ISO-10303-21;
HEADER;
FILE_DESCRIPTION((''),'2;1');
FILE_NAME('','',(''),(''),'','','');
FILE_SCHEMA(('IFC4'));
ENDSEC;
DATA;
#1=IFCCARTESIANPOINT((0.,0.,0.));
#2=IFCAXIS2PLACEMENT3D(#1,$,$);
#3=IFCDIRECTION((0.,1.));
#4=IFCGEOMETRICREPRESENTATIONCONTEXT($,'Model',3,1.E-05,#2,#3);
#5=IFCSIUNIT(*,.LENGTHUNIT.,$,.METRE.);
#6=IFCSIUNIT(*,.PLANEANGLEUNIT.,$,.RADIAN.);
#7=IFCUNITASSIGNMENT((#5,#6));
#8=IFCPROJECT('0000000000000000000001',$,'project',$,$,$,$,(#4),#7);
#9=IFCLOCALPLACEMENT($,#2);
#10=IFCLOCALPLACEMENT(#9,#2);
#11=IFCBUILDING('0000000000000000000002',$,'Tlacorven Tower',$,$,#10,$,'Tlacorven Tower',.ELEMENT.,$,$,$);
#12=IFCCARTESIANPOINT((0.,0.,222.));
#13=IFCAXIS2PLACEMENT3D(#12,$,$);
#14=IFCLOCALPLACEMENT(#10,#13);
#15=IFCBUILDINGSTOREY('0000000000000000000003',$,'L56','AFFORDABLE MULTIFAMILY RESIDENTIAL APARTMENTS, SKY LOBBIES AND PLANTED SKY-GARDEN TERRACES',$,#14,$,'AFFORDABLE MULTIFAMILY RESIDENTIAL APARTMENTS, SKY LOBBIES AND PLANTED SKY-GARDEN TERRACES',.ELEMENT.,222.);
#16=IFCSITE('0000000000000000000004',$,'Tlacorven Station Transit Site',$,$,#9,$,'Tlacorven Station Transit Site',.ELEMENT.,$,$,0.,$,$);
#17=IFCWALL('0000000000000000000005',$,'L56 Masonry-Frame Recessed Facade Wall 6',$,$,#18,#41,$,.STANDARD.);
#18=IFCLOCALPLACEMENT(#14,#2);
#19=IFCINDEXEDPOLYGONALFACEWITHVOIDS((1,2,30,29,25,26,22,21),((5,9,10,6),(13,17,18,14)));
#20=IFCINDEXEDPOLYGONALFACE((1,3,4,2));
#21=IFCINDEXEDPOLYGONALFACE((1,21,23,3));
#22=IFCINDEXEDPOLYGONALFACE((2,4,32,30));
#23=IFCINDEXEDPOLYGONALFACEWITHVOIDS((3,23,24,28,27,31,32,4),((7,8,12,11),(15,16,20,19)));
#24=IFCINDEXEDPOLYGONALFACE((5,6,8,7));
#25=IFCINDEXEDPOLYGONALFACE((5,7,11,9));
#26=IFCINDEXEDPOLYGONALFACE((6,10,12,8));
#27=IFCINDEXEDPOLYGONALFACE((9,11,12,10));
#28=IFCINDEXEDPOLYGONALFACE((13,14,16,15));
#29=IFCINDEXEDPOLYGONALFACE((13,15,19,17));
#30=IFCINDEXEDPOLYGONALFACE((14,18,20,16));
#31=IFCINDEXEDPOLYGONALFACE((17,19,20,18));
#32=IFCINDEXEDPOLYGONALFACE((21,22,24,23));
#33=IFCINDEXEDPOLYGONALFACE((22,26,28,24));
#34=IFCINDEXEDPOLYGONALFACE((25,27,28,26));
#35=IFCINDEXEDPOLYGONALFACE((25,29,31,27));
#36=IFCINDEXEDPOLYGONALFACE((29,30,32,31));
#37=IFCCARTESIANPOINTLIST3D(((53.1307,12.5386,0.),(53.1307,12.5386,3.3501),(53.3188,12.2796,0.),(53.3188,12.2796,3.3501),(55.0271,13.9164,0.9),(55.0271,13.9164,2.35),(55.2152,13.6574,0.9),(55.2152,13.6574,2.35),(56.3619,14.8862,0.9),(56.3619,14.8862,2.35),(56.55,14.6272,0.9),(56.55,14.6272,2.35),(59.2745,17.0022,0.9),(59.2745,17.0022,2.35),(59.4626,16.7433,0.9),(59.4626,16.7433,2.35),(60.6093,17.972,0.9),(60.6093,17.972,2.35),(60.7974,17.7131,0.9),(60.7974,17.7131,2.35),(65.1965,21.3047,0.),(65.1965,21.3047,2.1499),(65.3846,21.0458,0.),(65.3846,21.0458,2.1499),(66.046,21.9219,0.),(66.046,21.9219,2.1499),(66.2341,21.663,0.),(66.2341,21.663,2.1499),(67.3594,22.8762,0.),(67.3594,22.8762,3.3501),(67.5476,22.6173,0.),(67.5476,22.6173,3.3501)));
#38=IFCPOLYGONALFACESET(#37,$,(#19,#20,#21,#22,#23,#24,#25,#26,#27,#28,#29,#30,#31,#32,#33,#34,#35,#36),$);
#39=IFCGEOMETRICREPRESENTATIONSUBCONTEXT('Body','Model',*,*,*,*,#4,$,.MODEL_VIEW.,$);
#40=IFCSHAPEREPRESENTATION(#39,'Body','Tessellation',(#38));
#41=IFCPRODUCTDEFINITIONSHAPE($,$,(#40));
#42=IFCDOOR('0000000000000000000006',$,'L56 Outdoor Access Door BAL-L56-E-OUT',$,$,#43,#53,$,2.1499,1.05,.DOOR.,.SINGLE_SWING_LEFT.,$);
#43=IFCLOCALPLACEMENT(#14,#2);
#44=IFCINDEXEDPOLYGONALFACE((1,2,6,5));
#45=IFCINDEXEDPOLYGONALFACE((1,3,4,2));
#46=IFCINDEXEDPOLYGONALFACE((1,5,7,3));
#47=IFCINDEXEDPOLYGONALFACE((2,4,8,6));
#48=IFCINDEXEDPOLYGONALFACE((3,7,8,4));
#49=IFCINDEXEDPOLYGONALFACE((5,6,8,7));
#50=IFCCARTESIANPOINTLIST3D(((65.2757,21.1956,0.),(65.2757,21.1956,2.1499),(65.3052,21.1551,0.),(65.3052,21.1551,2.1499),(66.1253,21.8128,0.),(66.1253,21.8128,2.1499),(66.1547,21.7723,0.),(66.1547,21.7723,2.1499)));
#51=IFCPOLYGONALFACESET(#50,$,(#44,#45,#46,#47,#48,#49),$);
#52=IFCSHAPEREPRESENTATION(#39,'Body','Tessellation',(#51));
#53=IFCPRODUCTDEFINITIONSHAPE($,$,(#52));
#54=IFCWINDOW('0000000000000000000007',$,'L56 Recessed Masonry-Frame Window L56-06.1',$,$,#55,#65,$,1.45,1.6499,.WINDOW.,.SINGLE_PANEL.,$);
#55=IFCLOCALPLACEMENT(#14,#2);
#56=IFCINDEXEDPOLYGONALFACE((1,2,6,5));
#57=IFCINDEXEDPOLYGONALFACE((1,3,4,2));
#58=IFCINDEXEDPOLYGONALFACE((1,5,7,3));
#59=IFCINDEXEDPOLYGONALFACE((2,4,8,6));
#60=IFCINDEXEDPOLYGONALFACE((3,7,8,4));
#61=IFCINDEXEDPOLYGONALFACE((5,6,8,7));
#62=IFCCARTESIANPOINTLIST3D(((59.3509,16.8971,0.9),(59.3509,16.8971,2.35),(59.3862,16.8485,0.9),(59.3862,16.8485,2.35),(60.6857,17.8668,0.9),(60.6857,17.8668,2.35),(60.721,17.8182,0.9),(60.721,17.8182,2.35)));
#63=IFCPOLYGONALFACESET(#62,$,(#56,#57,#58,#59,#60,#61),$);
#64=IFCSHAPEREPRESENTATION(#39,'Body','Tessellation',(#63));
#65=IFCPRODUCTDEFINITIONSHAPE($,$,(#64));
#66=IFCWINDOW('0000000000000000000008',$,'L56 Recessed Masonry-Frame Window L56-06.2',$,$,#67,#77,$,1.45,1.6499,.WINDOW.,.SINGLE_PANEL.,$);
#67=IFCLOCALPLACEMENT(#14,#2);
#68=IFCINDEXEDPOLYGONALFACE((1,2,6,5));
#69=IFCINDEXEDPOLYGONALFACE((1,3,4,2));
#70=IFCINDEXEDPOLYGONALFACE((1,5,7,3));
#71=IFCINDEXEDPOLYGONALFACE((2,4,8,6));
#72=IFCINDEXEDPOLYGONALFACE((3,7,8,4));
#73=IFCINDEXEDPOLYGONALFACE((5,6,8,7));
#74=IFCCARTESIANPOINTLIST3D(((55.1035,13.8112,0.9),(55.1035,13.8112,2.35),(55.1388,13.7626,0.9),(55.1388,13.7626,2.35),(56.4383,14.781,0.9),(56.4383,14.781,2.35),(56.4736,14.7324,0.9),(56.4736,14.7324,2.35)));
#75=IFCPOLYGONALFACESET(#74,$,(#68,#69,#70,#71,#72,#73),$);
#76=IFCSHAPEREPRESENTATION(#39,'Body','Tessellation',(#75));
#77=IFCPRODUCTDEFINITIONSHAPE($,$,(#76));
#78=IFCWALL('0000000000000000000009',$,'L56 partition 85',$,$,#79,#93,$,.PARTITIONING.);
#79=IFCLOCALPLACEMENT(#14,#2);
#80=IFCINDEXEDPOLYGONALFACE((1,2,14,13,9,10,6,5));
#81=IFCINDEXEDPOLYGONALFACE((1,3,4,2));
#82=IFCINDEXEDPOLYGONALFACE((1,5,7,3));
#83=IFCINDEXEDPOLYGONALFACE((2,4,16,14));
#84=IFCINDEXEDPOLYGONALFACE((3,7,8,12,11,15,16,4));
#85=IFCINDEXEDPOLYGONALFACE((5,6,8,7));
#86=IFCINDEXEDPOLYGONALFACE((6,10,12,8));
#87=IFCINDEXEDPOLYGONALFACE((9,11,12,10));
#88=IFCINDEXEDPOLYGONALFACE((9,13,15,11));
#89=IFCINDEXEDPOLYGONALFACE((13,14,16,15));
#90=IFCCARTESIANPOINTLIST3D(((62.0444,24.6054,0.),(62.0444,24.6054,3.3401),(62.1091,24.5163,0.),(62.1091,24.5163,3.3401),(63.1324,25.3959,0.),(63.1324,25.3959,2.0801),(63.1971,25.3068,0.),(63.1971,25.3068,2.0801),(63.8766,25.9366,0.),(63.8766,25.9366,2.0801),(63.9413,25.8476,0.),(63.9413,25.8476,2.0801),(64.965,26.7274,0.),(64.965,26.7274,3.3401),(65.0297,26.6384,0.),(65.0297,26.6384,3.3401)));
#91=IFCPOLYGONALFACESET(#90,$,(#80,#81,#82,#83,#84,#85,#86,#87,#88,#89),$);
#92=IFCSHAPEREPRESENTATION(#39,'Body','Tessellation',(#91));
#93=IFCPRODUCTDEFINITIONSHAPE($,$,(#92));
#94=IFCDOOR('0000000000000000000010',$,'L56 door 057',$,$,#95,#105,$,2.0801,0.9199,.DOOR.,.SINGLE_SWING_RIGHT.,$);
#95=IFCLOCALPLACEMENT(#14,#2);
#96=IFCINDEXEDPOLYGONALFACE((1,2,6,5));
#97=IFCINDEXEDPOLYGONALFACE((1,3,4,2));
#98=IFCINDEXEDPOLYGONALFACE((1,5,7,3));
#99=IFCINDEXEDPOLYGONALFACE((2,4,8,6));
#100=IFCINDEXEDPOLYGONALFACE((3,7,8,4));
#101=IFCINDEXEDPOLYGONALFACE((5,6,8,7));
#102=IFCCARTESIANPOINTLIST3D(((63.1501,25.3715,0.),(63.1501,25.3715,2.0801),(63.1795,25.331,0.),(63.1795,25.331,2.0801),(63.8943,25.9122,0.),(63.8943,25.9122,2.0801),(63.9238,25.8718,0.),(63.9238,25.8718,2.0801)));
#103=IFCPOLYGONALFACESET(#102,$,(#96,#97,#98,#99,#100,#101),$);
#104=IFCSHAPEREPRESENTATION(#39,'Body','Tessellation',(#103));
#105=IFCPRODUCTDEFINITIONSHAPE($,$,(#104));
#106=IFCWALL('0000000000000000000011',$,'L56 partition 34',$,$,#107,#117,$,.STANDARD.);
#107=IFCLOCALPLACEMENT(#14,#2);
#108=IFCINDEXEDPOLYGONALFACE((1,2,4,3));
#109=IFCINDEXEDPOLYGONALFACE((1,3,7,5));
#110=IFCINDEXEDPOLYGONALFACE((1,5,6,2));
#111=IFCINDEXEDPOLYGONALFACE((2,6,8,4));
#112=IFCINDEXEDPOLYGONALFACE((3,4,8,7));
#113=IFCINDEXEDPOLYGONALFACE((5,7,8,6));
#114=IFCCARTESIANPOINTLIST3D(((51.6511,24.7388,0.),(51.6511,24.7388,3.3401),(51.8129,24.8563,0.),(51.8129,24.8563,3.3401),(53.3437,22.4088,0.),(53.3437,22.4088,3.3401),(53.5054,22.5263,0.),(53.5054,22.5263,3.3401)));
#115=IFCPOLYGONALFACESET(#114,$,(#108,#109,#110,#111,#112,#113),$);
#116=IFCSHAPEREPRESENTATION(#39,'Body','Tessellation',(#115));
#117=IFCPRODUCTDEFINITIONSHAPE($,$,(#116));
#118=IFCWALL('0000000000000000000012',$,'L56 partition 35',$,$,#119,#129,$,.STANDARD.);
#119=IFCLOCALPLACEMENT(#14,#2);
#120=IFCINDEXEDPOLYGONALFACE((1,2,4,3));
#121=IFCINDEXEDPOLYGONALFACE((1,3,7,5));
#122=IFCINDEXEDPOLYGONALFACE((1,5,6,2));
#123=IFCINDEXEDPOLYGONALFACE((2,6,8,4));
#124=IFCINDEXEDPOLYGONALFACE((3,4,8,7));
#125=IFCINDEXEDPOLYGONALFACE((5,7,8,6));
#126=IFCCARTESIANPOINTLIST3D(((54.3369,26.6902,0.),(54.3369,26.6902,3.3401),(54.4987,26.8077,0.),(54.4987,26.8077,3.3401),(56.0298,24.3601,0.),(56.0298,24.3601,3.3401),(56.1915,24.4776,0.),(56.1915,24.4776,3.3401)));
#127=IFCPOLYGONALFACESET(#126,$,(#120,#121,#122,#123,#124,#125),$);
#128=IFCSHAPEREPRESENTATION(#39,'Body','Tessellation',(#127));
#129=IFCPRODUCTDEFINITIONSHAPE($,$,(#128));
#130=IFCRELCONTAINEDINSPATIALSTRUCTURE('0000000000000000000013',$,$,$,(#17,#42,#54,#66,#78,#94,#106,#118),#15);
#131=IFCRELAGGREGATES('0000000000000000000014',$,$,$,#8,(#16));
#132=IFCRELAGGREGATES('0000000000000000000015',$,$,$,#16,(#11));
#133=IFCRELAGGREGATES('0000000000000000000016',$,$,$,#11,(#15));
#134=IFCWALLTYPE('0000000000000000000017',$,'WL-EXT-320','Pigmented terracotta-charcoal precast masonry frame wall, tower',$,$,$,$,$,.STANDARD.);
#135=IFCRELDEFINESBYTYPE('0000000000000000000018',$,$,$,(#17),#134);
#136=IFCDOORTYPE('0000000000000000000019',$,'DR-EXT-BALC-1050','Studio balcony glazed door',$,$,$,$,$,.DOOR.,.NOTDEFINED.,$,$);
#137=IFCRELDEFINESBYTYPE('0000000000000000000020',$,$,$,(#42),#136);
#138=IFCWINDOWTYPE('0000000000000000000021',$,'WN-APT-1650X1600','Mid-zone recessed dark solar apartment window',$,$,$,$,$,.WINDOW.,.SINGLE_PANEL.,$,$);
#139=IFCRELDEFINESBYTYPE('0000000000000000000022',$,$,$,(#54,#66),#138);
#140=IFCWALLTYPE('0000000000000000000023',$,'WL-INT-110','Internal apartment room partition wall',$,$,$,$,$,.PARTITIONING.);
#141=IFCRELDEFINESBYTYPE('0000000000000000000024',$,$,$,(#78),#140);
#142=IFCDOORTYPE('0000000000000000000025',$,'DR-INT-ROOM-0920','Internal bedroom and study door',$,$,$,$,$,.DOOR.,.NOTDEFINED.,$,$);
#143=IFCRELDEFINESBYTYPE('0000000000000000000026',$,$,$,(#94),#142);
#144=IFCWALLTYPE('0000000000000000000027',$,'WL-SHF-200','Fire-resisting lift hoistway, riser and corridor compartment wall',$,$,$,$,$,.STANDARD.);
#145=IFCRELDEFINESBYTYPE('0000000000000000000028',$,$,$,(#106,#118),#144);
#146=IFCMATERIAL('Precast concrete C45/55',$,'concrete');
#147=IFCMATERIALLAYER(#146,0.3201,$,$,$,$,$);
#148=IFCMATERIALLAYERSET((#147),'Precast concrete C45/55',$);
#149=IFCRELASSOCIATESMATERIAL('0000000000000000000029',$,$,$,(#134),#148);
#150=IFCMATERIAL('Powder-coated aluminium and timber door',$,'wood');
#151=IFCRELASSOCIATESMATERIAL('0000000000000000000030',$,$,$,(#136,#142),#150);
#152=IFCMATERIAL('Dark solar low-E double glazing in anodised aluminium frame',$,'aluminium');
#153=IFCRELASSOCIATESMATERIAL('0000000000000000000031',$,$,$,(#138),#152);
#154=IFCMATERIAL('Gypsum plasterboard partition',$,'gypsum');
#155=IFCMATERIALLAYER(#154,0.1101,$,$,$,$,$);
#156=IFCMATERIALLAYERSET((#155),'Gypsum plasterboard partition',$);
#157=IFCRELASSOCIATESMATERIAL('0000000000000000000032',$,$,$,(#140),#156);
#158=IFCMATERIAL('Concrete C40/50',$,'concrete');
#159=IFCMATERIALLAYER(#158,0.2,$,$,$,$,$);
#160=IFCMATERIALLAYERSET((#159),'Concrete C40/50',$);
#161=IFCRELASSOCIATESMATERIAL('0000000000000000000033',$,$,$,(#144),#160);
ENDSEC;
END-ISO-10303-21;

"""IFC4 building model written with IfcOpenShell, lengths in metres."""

from ifc_helpers import new_model, si_unit, direction, frame, frame_2d, origin, place, context, subcontext, project, spatial, rectangle, extrude, source, transform, mapped, material, layer, layer_set, type_object, element, fill, save


model = new_model("IFC4")

# Units and contexts
model_context = context("Model", 3, precision=1e-05, world=origin(), true_north=direction((0.0, 1.0)))
body_context = subcontext(model_context, "Body", "Model", "MODEL_VIEW")
ifc_project = project(units=[si_unit("LENGTHUNIT", "METRE"), si_unit("PLANEANGLEUNIT", "RADIAN")], contexts=[model_context])

# Site, building, storey
site_placement = place(None, origin())
site = spatial("IfcSite", under=ifc_project, at=site_placement, Name="Tlacorven Station Transit Site", LongName="Tlacorven Station Transit Site", CompositionType="ELEMENT", RefElevation=0.0)
building_placement = place(site_placement, origin())
building = spatial("IfcBuilding", under=site, at=building_placement, Name="Tlacorven Tower", LongName="Tlacorven Tower", CompositionType="ELEMENT")
storey_placement = place(building_placement, frame((0.0, 0.0, 222.0)))
storey = spatial("IfcBuildingStorey", under=building, at=storey_placement, Name="L56", Description="AFFORDABLE MULTIFAMILY RESIDENTIAL APARTMENTS, SKY LOBBIES AND PLANTED SKY-GARDEN TERRACES", LongName="AFFORDABLE MULTIFAMILY RESIDENTIAL APARTMENTS, SKY LOBBIES AND PLANTED SKY-GARDEN TERRACES", CompositionType="ELEMENT", Elevation=222.0)

# Wall, openings, door, windows
ifc_material_1 = material(Name="Precast concrete C45/55", Category="concrete")
ifc_layer_1 = layer(ifc_material_1, 0.3201)
ifc_layer_set_1 = layer_set([ifc_layer_1], Name="Precast concrete C45/55")
wall_type_1 = type_object("IfcWallType", Name="WL-EXT-320", Description="Pigmented terracotta-charcoal precast masonry frame wall, tower", PredefinedType="STANDARD", material=ifc_layer_set_1)
wall_1_placement = place(storey_placement, frame((67.4536, 22.7468, 0.0), z_axis=(0.0, 0.0, 1.0), x_axis=(-0.809021, -0.58778, 0.0)))
wall_1 = element("IfcWall", 1, at=wall_1_placement, inside=storey, type_object=wall_type_1, Name="L56 Masonry-Frame Recessed Facade Wall 6", PredefinedType="STANDARD", context=body_context, shape_type="SweptSolid", body=[
    extrude(rectangle(XDim=17.5876, YDim=0.3201, at=frame_2d((8.7939, 0.0))), origin(), (0.0, 0.0, 1.0), 3.3501),
])
opening_1_placement = place(wall_1_placement, frame((1.6238, 0.0, 0.0)))
opening_1 = element("IfcOpeningElement", 2, at=opening_1_placement, cuts=wall_1, PredefinedType="OPENING", context=body_context, shape_type="SweptSolid", body=[
    extrude(rectangle(XDim=1.05, YDim=2.1499, at=frame_2d((0.5249, 1.075))), frame((0.0, 0.1699, 0.0), z_axis=(0.0, -1.0, 0.0), x_axis=(1.0, 0.0, 0.0)), (0.0, 0.0, 1.0), 0.3401),
])
opening_2_placement = place(wall_1_placement, frame((8.3438, 0.0, 0.8999)))
opening_2 = element("IfcOpeningElement", 3, at=opening_2_placement, cuts=wall_1, PredefinedType="OPENING", context=body_context, shape_type="SweptSolid", body=[
    extrude(rectangle(XDim=1.6499, YDim=1.45, at=frame_2d((0.825, 0.7251))), frame((0.0, 0.1699, 0.0), z_axis=(0.0, -1.0, 0.0), x_axis=(1.0, 0.0, 0.0)), (0.0, 0.0, 1.0), 0.3401),
])
opening_3_placement = place(wall_1_placement, frame((13.5938, 0.0, 0.8999)))
opening_3 = element("IfcOpeningElement", 4, at=opening_3_placement, cuts=wall_1, PredefinedType="OPENING", context=body_context, shape_type="SweptSolid", body=[
    extrude(rectangle(XDim=1.6499, YDim=1.45, at=frame_2d((0.825, 0.7251))), frame((0.0, 0.1699, 0.0), z_axis=(0.0, -1.0, 0.0), x_axis=(1.0, 0.0, 0.0)), (0.0, 0.0, 1.0), 0.3401),
])
ifc_material_2 = material(Name="Powder-coated aluminium and timber door", Category="wood")
door_type_1 = type_object("IfcDoorType", Name="DR-EXT-BALC-1050", Description="Studio balcony glazed door", OperationType="NOTDEFINED", PredefinedType="DOOR", material=ifc_material_2)
shared_shape_1 = source(origin(), body_context, "Body", "SweptSolid", [
    extrude(rectangle(XDim=1.05, YDim=2.1499, at=frame_2d((0.5249, 1.075))), frame((0.0, 0.0249, 0.0), z_axis=(0.0, -1.0, 0.0), x_axis=(1.0, 0.0, 0.0)), (0.0, 0.0, 1.0), 0.05),
])
door_1_placement = place(opening_1_placement, origin())
door_1 = element("IfcDoor", 5, at=door_1_placement, inside=storey, type_object=door_type_1, Name="L56 Outdoor Access Door BAL-L56-E-OUT", OperationType="SINGLE_SWING_LEFT", OverallHeight=2.1499, OverallWidth=1.05, PredefinedType="DOOR", context=body_context, shape_type="MappedRepresentation", body=[
    mapped(shared_shape_1, transform((0.0, 0.0, 0.0), scale=1.0)),
])
fill(opening_1, door_1)
ifc_material_3 = material(Name="Dark solar low-E double glazing in anodised aluminium frame", Category="aluminium")
window_type = type_object("IfcWindowType", Name="WN-APT-1650X1600", Description="Mid-zone recessed dark solar apartment window", PartitioningType="SINGLE_PANEL", PredefinedType="WINDOW", material=ifc_material_3)
shared_shape_2 = source(origin(), body_context, "Body", "SweptSolid", [
    extrude(rectangle(XDim=1.6499, YDim=1.45, at=frame_2d((0.825, 0.7251))), frame((0.0, 0.03, 0.0), z_axis=(0.0, -1.0, 0.0), x_axis=(1.0, 0.0, 0.0)), (0.0, 0.0, 1.0), 0.0601),
])
window_1_placement = place(opening_2_placement, origin())
window_1 = element("IfcWindow", 6, at=window_1_placement, inside=storey, type_object=window_type, Name="L56 Recessed Masonry-Frame Window L56-06.1", OverallHeight=1.45, OverallWidth=1.6499, PartitioningType="SINGLE_PANEL", PredefinedType="WINDOW", context=body_context, shape_type="MappedRepresentation", body=[
    mapped(shared_shape_2, transform((0.0, 0.0, 0.0), scale=1.0)),
])
fill(opening_2, window_1)
window_2_placement = place(opening_3_placement, origin())
window_2 = element("IfcWindow", 7, at=window_2_placement, inside=storey, type_object=window_type, Name="L56 Recessed Masonry-Frame Window L56-06.2", OverallHeight=1.45, OverallWidth=1.6499, PartitioningType="SINGLE_PANEL", PredefinedType="WINDOW", context=body_context, shape_type="MappedRepresentation", body=[
    mapped(shared_shape_2, transform((0.0, 0.0, 0.0), scale=1.0)),
])
fill(opening_3, window_2)

# Wall, opening, door
ifc_material_4 = material(Name="Gypsum plasterboard partition", Category="gypsum")
ifc_layer_2 = layer(ifc_material_4, 0.1101)
ifc_layer_set_2 = layer_set([ifc_layer_2], Name="Gypsum plasterboard partition")
wall_type_2 = type_object("IfcWallType", Name="WL-INT-110", Description="Internal apartment room partition wall", PredefinedType="PARTITIONING", material=ifc_layer_set_2)
wall_2_placement = place(storey_placement, frame((62.0767, 24.5608, 0.0), z_axis=(0.0, 0.0, 1.0), x_axis=(0.809005, 0.587802, 0.0)))
wall_2 = element("IfcWall", 8, at=wall_2_placement, inside=storey, type_object=wall_type_2, Name="L56 partition 85", PredefinedType="PARTITIONING", context=body_context, shape_type="SweptSolid", body=[
    extrude(rectangle(XDim=3.6101, YDim=0.1101, at=frame_2d((1.8052, 0.0))), origin(), (0.0, 0.0, 1.0), 3.3401),
])
opening_4_placement = place(wall_2_placement, frame((1.345, 0.0, 0.0)))
opening_4 = element("IfcOpeningElement", 9, at=opening_4_placement, cuts=wall_2, PredefinedType="OPENING", context=body_context, shape_type="SweptSolid", body=[
    extrude(rectangle(XDim=0.9199, YDim=2.0801, at=frame_2d((0.46, 1.04))), frame((0.0, 0.0649, 0.0), z_axis=(0.0, -1.0, 0.0), x_axis=(1.0, 0.0, 0.0)), (0.0, 0.0, 1.0), 0.1301),
])
door_type_2 = type_object("IfcDoorType", Name="DR-INT-ROOM-0920", Description="Internal bedroom and study door", OperationType="NOTDEFINED", PredefinedType="DOOR", material=ifc_material_2)
shared_shape_3 = source(origin(), body_context, "Body", "SweptSolid", [
    extrude(rectangle(XDim=0.9199, YDim=2.0801, at=frame_2d((0.46, 1.04))), frame((0.0, 0.0249, 0.0), z_axis=(0.0, -1.0, 0.0), x_axis=(1.0, 0.0, 0.0)), (0.0, 0.0, 1.0), 0.05),
])
door_2_placement = place(opening_4_placement, origin())
door_2 = element("IfcDoor", 10, at=door_2_placement, inside=storey, type_object=door_type_2, Name="L56 door 057", OperationType="SINGLE_SWING_RIGHT", OverallHeight=2.0801, OverallWidth=0.9199, PredefinedType="DOOR", context=body_context, shape_type="MappedRepresentation", body=[
    mapped(shared_shape_3, transform((0.0, 0.0, 0.0), scale=1.0)),
])
fill(opening_4, door_2)

# Walls
ifc_material_5 = material(Name="Concrete C40/50", Category="concrete")
ifc_layer_3 = layer(ifc_material_5, 0.2)
ifc_layer_set_3 = layer_set([ifc_layer_3], Name="Concrete C40/50")
wall_type_3 = type_object("IfcWallType", Name="WL-SHF-200", Description="Fire-resisting lift hoistway, riser and corridor compartment wall", PredefinedType="STANDARD", material=ifc_layer_set_3)
wall_3_placement = place(storey_placement, frame((53.4246, 22.4675, 0.0), z_axis=(0.0, 0.0, 1.0), x_axis=(-0.587723, 0.809062, 0.0)))
element("IfcWall", 11, at=wall_3_placement, inside=storey, type_object=wall_type_3, Name="L56 partition 34", PredefinedType="STANDARD", context=body_context, shape_type="SweptSolid", body=[
    extrude(rectangle(XDim=2.8799, YDim=0.2, at=frame_2d((1.4399, 0.0))), origin(), (0.0, 0.0, 1.0), 3.3401),
])
wall_4_placement = place(storey_placement, frame((56.1106, 24.4189, 0.0), z_axis=(0.0, 0.0, 1.0), x_axis=(-0.587778, 0.809022, 0.0)))
element("IfcWall", 12, at=wall_4_placement, inside=storey, type_object=wall_type_3, Name="L56 partition 35", PredefinedType="STANDARD", context=body_context, shape_type="SweptSolid", body=[
    extrude(rectangle(XDim=2.8801, YDim=0.2, at=frame_2d((1.4399, 0.0))), origin(), (0.0, 0.0, 1.0), 3.3401),
])

save(model, "model.ifc")
